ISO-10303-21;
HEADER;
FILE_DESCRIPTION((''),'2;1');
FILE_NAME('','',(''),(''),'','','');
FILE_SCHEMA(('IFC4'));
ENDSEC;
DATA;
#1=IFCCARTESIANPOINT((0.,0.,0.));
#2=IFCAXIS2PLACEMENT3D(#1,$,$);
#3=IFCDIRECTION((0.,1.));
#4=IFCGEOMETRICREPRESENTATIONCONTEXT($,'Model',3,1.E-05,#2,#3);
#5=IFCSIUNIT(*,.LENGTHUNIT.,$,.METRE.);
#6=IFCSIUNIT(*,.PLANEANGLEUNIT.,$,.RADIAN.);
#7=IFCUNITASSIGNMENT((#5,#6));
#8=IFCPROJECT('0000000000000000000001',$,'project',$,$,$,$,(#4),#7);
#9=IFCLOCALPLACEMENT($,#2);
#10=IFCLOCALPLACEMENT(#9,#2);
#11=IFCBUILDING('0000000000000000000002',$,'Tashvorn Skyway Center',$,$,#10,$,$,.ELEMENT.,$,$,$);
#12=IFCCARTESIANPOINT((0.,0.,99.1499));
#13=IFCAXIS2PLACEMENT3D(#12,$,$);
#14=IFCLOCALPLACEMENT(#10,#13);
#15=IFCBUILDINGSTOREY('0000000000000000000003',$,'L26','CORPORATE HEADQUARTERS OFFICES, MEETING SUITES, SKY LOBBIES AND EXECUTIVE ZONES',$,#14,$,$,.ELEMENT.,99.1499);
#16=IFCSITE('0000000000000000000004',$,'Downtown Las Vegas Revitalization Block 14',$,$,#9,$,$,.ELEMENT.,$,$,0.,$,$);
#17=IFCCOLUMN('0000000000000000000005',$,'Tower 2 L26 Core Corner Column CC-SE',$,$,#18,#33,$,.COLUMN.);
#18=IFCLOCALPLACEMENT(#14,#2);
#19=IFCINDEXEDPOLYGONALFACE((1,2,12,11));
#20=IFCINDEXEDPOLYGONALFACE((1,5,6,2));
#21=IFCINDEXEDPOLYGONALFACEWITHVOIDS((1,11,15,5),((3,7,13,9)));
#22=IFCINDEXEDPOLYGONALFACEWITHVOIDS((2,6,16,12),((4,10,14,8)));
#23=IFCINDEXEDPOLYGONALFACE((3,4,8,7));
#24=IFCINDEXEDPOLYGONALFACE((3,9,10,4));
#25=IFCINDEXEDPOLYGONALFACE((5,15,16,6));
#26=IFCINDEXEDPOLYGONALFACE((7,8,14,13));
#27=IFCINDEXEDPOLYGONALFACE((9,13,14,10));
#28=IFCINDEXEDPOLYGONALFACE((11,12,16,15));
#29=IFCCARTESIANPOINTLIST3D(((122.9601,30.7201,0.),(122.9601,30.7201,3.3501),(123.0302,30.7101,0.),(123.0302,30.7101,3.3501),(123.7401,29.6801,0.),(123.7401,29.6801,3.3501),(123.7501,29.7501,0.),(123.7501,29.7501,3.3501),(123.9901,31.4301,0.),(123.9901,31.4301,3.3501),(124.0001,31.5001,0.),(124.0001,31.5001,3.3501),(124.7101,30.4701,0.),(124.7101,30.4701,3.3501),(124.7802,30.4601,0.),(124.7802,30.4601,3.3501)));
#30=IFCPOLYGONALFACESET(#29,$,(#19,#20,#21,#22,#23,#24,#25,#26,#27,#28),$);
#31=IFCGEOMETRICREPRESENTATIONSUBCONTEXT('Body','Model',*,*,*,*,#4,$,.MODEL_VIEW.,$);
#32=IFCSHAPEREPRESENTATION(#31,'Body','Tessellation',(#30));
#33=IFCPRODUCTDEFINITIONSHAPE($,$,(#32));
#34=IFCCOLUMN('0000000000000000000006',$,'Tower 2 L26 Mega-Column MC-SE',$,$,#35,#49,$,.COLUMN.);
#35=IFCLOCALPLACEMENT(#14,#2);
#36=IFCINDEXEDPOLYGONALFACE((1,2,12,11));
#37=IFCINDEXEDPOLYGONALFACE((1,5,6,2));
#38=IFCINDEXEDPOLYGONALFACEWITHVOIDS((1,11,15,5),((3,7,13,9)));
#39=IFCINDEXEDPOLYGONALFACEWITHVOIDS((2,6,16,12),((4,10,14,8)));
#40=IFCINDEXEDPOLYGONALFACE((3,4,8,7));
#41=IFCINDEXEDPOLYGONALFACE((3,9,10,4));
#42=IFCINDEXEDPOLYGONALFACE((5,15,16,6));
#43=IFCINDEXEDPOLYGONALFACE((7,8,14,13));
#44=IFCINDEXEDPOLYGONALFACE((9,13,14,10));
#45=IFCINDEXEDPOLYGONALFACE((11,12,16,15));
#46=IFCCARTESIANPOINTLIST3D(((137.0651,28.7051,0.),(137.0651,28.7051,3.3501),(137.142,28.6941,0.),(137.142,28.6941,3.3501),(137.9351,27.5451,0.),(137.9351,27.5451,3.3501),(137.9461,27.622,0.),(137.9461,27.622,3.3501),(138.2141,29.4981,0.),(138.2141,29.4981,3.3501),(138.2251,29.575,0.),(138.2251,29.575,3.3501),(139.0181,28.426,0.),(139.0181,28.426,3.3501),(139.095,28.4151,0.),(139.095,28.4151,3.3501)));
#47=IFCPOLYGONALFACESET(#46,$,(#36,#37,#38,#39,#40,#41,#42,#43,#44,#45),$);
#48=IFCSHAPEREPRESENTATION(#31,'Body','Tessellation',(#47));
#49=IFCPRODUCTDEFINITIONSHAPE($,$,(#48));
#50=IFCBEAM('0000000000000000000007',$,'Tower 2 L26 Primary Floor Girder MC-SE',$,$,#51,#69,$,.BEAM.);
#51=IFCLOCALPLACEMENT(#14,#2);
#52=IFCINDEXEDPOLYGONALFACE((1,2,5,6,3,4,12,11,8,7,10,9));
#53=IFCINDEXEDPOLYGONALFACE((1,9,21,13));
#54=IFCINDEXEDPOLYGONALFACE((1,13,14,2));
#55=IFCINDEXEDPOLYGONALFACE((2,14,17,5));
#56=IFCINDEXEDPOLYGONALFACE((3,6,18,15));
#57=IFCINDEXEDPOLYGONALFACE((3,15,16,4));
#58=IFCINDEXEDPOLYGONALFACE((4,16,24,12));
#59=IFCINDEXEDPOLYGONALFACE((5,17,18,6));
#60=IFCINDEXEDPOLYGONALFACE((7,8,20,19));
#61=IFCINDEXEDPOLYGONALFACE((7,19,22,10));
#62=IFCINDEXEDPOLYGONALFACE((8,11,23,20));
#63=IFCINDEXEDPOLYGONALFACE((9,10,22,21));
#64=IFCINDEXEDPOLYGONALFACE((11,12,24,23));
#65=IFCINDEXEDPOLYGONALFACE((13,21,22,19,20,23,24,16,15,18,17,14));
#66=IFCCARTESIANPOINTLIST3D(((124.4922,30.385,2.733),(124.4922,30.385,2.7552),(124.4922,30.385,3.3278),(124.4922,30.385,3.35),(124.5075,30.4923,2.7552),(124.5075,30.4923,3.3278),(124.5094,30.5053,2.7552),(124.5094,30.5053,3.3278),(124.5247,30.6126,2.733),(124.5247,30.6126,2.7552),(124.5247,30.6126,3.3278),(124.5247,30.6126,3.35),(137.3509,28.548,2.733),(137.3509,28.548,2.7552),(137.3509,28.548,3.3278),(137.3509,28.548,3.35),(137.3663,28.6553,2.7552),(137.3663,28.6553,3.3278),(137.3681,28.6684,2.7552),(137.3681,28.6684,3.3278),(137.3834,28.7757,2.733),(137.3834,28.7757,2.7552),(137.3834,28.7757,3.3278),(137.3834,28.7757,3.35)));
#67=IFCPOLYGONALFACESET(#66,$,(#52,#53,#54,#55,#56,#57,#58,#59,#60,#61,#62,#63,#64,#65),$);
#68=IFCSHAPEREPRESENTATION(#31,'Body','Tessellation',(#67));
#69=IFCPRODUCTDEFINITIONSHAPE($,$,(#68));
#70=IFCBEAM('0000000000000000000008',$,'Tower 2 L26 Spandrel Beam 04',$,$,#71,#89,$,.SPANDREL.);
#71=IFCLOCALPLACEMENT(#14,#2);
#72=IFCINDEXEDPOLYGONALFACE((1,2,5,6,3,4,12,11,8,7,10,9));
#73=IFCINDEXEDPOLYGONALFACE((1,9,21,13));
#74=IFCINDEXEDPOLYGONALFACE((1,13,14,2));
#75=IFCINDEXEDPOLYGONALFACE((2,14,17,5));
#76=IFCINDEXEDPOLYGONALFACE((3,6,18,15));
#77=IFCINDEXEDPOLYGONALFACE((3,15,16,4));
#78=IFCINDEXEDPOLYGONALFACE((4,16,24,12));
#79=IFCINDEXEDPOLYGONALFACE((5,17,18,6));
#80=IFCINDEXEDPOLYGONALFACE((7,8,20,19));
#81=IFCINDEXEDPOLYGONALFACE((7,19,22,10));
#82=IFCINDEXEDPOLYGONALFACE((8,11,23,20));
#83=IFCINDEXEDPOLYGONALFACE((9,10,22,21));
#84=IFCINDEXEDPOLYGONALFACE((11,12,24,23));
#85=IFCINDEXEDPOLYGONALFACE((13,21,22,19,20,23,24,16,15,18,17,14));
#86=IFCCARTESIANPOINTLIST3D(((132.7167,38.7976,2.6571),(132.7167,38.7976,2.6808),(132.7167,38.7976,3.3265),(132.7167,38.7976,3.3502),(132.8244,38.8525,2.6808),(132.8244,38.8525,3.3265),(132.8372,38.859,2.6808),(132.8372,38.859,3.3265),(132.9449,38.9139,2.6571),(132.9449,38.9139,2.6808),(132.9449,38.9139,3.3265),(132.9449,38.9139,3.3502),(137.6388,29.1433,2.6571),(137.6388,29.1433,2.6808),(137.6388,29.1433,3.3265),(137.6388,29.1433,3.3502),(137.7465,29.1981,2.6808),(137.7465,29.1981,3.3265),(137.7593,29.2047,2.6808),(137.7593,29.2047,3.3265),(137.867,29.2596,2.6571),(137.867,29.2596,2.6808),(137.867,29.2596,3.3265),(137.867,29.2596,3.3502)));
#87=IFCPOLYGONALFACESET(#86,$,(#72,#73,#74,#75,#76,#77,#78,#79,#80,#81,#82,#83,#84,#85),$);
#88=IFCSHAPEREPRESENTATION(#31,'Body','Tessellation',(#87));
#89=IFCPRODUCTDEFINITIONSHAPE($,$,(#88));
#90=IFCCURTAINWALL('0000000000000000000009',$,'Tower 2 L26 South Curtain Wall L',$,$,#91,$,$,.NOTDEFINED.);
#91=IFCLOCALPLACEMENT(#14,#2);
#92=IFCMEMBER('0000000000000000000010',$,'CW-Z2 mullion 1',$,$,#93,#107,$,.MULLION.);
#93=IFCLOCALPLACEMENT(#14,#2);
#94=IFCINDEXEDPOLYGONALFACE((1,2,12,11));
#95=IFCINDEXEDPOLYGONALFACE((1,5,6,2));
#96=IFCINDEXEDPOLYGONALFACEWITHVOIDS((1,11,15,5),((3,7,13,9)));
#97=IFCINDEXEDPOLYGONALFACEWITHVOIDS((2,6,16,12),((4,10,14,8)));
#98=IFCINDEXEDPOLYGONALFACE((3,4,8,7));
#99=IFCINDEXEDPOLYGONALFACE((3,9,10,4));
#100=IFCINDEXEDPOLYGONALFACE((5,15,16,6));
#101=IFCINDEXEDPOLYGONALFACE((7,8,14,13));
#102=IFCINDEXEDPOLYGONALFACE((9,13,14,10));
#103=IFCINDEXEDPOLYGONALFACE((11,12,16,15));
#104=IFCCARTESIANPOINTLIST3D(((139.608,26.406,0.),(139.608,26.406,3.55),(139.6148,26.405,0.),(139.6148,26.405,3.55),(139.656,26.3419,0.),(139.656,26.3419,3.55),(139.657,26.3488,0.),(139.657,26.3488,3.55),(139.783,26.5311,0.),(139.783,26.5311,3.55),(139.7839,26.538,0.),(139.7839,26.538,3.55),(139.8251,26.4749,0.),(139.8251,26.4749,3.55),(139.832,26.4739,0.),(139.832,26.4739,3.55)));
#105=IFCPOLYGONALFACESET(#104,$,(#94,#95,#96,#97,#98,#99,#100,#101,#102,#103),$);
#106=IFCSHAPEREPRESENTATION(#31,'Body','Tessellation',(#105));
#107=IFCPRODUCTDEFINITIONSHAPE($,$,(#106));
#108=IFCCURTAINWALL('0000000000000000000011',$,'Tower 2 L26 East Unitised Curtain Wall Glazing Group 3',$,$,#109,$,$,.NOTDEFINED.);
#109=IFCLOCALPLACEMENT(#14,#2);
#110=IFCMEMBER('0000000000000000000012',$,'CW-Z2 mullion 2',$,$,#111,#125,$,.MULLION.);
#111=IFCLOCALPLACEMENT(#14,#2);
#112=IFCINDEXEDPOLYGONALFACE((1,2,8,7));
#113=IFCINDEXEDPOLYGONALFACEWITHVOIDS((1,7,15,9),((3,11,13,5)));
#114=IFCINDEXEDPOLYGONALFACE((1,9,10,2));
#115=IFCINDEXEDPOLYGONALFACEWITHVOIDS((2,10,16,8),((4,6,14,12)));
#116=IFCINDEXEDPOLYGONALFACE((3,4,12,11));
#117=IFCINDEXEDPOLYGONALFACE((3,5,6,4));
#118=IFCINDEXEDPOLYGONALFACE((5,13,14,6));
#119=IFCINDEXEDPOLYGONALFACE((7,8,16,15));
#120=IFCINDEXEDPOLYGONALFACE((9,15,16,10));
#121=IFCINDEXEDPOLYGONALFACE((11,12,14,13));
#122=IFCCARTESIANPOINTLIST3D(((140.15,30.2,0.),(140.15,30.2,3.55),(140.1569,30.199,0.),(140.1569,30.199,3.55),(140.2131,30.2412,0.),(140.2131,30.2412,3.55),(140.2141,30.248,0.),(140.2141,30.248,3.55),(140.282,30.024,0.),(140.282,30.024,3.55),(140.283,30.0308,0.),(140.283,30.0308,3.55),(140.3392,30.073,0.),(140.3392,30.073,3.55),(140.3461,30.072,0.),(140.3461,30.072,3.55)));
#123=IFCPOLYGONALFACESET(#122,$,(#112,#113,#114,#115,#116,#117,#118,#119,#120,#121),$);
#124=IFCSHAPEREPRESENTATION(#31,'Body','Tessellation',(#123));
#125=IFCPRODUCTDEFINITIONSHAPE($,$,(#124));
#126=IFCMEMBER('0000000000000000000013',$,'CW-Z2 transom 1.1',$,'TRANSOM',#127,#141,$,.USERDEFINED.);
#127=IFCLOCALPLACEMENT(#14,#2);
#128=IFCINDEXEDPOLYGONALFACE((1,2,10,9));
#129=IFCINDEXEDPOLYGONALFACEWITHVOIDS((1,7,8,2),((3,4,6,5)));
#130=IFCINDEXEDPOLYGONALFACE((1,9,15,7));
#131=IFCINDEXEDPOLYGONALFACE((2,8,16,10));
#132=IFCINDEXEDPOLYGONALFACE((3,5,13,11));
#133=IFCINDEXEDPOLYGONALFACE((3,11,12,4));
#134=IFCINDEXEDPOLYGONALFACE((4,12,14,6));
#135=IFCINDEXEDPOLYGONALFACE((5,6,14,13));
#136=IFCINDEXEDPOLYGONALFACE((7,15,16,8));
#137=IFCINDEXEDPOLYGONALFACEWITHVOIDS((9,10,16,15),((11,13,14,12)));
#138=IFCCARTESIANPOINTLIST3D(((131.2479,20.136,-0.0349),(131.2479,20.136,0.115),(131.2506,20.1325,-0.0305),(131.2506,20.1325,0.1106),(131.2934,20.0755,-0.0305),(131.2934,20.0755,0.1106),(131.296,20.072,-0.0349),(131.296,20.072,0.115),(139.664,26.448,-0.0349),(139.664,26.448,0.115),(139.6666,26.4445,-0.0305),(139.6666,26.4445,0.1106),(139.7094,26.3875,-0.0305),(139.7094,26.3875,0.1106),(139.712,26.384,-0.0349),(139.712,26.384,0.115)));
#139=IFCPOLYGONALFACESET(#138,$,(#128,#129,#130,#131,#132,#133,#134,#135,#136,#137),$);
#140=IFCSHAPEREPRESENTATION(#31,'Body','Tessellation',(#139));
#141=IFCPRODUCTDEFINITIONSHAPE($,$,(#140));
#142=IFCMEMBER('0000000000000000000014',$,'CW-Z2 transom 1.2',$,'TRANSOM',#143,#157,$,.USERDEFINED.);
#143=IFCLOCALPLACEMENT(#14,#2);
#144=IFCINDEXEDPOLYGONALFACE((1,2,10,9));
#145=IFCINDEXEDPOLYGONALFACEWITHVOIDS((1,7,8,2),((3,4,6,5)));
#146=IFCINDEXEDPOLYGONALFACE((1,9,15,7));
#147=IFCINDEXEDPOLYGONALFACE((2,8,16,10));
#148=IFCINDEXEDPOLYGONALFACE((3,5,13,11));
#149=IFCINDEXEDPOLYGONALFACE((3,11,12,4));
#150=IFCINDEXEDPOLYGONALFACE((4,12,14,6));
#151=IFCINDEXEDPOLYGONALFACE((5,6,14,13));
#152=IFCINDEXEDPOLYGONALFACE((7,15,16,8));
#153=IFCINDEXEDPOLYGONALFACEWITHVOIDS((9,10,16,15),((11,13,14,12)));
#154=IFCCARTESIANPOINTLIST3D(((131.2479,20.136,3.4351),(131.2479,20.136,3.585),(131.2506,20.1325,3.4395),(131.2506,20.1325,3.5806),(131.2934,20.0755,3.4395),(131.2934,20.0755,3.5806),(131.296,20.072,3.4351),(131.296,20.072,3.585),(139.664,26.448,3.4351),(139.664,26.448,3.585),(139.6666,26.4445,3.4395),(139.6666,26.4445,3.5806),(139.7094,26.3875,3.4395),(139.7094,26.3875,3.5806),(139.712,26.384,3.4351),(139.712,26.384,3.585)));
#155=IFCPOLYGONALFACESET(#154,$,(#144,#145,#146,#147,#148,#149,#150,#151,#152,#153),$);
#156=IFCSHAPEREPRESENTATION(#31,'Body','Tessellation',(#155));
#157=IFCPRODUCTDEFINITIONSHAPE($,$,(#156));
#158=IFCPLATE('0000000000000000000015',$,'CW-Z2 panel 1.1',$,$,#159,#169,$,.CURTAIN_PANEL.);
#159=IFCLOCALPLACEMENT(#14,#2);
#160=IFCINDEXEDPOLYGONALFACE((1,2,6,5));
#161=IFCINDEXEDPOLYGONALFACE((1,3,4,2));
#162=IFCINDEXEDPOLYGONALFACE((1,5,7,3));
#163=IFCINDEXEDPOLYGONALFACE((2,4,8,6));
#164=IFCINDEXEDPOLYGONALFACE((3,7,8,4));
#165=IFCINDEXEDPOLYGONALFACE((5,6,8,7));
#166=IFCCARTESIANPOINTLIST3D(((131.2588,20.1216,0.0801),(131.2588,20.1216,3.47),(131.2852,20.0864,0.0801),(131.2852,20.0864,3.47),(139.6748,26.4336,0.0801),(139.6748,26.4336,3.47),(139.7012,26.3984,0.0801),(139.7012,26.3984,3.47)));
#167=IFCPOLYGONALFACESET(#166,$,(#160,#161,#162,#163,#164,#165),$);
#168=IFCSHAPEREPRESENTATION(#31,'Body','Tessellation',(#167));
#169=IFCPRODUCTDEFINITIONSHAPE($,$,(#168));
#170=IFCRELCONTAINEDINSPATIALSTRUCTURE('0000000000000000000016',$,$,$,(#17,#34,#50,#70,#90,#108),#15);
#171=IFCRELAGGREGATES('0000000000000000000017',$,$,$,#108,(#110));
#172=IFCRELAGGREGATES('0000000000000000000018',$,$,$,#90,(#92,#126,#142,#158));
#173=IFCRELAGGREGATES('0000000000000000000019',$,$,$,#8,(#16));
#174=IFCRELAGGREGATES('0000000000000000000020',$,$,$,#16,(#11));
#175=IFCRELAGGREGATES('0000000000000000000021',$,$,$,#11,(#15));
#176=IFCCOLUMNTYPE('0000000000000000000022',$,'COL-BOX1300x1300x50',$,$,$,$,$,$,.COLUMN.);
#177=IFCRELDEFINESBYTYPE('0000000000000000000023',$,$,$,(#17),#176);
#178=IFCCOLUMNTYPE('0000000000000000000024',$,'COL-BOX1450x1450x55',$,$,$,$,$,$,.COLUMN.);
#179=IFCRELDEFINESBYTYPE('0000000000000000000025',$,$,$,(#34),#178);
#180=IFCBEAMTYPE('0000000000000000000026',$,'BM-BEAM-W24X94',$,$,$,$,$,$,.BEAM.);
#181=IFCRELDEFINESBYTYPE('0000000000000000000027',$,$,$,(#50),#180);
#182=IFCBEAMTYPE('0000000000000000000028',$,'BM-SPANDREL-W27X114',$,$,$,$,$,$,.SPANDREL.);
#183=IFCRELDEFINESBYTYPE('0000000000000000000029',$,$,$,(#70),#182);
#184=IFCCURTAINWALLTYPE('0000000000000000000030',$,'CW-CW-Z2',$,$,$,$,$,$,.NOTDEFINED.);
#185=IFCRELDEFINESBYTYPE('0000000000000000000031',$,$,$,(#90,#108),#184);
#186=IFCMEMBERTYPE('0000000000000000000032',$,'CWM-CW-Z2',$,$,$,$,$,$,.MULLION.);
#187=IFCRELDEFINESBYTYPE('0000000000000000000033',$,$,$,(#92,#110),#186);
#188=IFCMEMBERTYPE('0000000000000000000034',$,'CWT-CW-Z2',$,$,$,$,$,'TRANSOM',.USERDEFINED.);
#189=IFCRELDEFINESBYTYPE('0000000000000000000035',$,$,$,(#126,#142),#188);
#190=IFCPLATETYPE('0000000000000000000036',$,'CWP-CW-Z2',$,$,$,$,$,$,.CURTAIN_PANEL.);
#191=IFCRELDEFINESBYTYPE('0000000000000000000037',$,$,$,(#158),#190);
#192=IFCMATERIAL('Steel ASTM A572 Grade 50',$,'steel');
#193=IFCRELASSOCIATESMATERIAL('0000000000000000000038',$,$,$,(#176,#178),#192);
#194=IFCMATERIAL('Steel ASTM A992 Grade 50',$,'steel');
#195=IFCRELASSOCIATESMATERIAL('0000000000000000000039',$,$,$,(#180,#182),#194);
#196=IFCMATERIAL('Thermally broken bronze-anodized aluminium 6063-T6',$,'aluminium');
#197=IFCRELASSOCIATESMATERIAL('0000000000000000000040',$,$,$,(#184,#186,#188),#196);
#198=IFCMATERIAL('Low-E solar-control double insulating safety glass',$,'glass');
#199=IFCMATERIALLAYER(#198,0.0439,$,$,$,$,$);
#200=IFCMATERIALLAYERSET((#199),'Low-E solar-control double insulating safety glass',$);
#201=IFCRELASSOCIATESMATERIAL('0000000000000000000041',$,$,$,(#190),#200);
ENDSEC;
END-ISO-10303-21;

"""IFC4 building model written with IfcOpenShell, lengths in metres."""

from ifc_helpers import new_model, si_unit, direction, frame, origin, origin_2d, place, context, subcontext, project, spatial, rectangle, hollow_rectangle, i_section, extrude, material, layer, layer_set, material_profile, profile_set, type_object, element, aggregate, save


model = new_model("IFC4")

# Units and contexts
model_context = context("Model", 3, precision=1e-05, world=origin(), true_north=direction((0.0, 1.0)))
body_context = subcontext(model_context, "Body", "Model", "MODEL_VIEW")
ifc_project = project(units=[si_unit("LENGTHUNIT", "METRE"), si_unit("PLANEANGLEUNIT", "RADIAN")], contexts=[model_context])

# Site, building, storey
site_placement = place(None, origin())
site = spatial("IfcSite", under=ifc_project, at=site_placement, Name="Downtown Las Vegas Revitalization Block 14", CompositionType="ELEMENT", RefElevation=0.0)
building_placement = place(site_placement, origin())
building = spatial("IfcBuilding", under=site, at=building_placement, Name="Tashvorn Skyway Center", CompositionType="ELEMENT")
storey_placement = place(building_placement, frame((0.0, 0.0, 99.1499)))
storey = spatial("IfcBuildingStorey", under=building, at=storey_placement, Name="L26", Description="CORPORATE HEADQUARTERS OFFICES, MEETING SUITES, SKY LOBBIES AND EXECUTIVE ZONES", CompositionType="ELEMENT", Elevation=99.1499)

# Columns
ifc_material_1 = material(Name="Steel ASTM A572 Grade 50", Category="steel")
ifc_material_profile_1 = material_profile(ifc_material_1, hollow_rectangle(XDim=1.3, YDim=1.3, WallThickness=0.05, at=origin_2d()), Name="BOX1300x1300x50")
ifc_profile_set_1 = profile_set([ifc_material_profile_1], Name="Steel ASTM A572 Grade 50")
column_type_1 = type_object("IfcColumnType", Name="COL-BOX1300x1300x50", PredefinedType="COLUMN", material=ifc_profile_set_1)
column_1_placement = place(storey_placement, frame((123.8701, 30.5901, 0.0), z_axis=(0.0, 0.0, 1.0), x_axis=(0.8, 0.6, 0.0)))
element("IfcColumn", 1, at=column_1_placement, inside=storey, type_object=column_type_1, Name="Tower 2 L26 Core Corner Column CC-SE", PredefinedType="COLUMN", context=body_context, shape_type="SweptSolid", body=[
    extrude(hollow_rectangle(XDim=1.3, YDim=1.3, WallThickness=0.05, at=origin_2d()), origin(), (0.0, 0.0, 1.0), 3.3501),
])
ifc_material_profile_2 = material_profile(ifc_material_1, hollow_rectangle(XDim=1.45, YDim=1.45, WallThickness=0.0549, at=origin_2d()), Name="BOX1450x1450x55")
ifc_profile_set_2 = profile_set([ifc_material_profile_2], Name="Steel ASTM A572 Grade 50")
column_type_2 = type_object("IfcColumnType", Name="COL-BOX1450x1450x55", PredefinedType="COLUMN", material=ifc_profile_set_2)
column_2_placement = place(storey_placement, frame((138.0801, 28.5601, 0.0), z_axis=(0.0, 0.0, 1.0), x_axis=(0.8, 0.6, 0.0)))
element("IfcColumn", 2, at=column_2_placement, inside=storey, type_object=column_type_2, Name="Tower 2 L26 Mega-Column MC-SE", PredefinedType="COLUMN", context=body_context, shape_type="SweptSolid", body=[
    extrude(hollow_rectangle(XDim=1.45, YDim=1.45, WallThickness=0.0549, at=origin_2d()), origin(), (0.0, 0.0, 1.0), 3.3501),
])

# Beams
ifc_material_2 = material(Name="Steel ASTM A992 Grade 50", Category="steel")
ifc_material_profile_3 = material_profile(ifc_material_2, i_section(OverallWidth=0.23, OverallDepth=0.6169, WebThickness=0.0132, FlangeThickness=0.0222, at=origin_2d()), Name="W24X94")
ifc_profile_set_3 = profile_set([ifc_material_profile_3], Name="Steel ASTM A992 Grade 50")
beam_type_1 = type_object("IfcBeamType", Name="BM-BEAM-W24X94", PredefinedType="BEAM", material=ifc_profile_set_3)
beam_1_placement = place(storey_placement, frame((137.3672, 28.6619, 3.0415), z_axis=(-0.98995, 0.141419, 0.0), x_axis=(-0.141419, -0.98995, 0.0)))
element("IfcBeam", 3, at=beam_1_placement, inside=storey, type_object=beam_type_1, Name="Tower 2 L26 Primary Floor Girder MC-SE", PredefinedType="BEAM", context=body_context, shape_type="SweptSolid", body=[
    extrude(i_section(OverallWidth=0.23, OverallDepth=0.6169, WebThickness=0.0132, FlangeThickness=0.0222, at=origin_2d()), origin(), (0.0, 0.0, 1.0), 12.9893),
])
ifc_material_profile_4 = material_profile(ifc_material_2, i_section(OverallWidth=0.2561, OverallDepth=0.6931, WebThickness=0.0144, FlangeThickness=0.0237, at=origin_2d()), Name="W27X114")
ifc_profile_set_4 = profile_set([ifc_material_profile_4], Name="Steel ASTM A992 Grade 50")
beam_type_2 = type_object("IfcBeamType", Name="BM-SPANDREL-W27X114", PredefinedType="SPANDREL", material=ifc_profile_set_4)
beam_2_placement = place(storey_placement, frame((137.7529, 29.2014, 3.0037), z_axis=(-0.454211, 0.890894, 0.0), x_axis=(-0.890894, -0.454211, 0.0)))
element("IfcBeam", 4, at=beam_2_placement, inside=storey, type_object=beam_type_2, Name="Tower 2 L26 Spandrel Beam 04", PredefinedType="SPANDREL", context=body_context, shape_type="SweptSolid", body=[
    extrude(i_section(OverallWidth=0.2561, OverallDepth=0.6931, WebThickness=0.0144, FlangeThickness=0.0237, at=origin_2d()), origin(), (0.0, 0.0, 1.0), 10.8367),
])

# Curtain walls, members
ifc_material_3 = material(Name="Thermally broken bronze-anodized aluminium 6063-T6", Category="aluminium")
curtain_wall_type = type_object("IfcCurtainWallType", Name="CW-CW-Z2", PredefinedType="NOTDEFINED", material=ifc_material_3)
curtain_wall_1_placement = place(storey_placement, origin())
curtain_wall_1 = element("IfcCurtainWall", 5, at=curtain_wall_1_placement, inside=storey, type_object=curtain_wall_type, Name="Tower 2 L26 South Curtain Wall L", PredefinedType="NOTDEFINED")
ifc_material_profile_5 = material_profile(ifc_material_3, hollow_rectangle(XDim=0.0801, YDim=0.22, WallThickness=0.0049, at=origin_2d()), Name="ALU-MULL-80x220")
ifc_profile_set_5 = profile_set([ifc_material_profile_5], Name="Thermally broken bronze-anodized aluminium 6063-T6")
member_type_1 = type_object("IfcMemberType", Name="CWM-CW-Z2", PredefinedType="MULLION", material=ifc_profile_set_5)
member_1_placement = place(storey_placement, frame((139.72, 26.4399, 0.0), z_axis=(0.0, 0.0, 1.0), x_axis=(0.6, -0.8, 0.0)))
member_1 = element("IfcMember", 6, at=member_1_placement, type_object=member_type_1, Name="CW-Z2 mullion 1", PredefinedType="MULLION", context=body_context, shape_type="SweptSolid", body=[
    extrude(hollow_rectangle(XDim=0.0801, YDim=0.22, WallThickness=0.0049, at=origin_2d()), origin(), (0.0, 0.0, 1.0), 3.55),
])
curtain_wall_2_placement = place(storey_placement, origin())
curtain_wall_2 = element("IfcCurtainWall", 7, at=curtain_wall_2_placement, inside=storey, type_object=curtain_wall_type, Name="Tower 2 L26 East Unitised Curtain Wall Glazing Group 3", PredefinedType="NOTDEFINED")
member_2_placement = place(storey_placement, frame((140.248, 30.136, 0.0), z_axis=(0.0, 0.0, 1.0), x_axis=(0.8, 0.6, 0.0)))
member_2 = element("IfcMember", 8, at=member_2_placement, type_object=member_type_1, Name="CW-Z2 mullion 2", PredefinedType="MULLION", context=body_context, shape_type="SweptSolid", body=[
    extrude(hollow_rectangle(XDim=0.0801, YDim=0.22, WallThickness=0.0049, at=origin_2d()), origin(), (0.0, 0.0, 1.0), 3.55),
])
aggregate(curtain_wall_2, [member_2])

# Members
ifc_material_profile_6 = material_profile(ifc_material_3, hollow_rectangle(XDim=0.0801, YDim=0.1499, WallThickness=0.0044, at=origin_2d()), Name="ALU-TRAN-80x150")
ifc_profile_set_6 = profile_set([ifc_material_profile_6], Name="Thermally broken bronze-anodized aluminium 6063-T6")
member_type_2 = type_object("IfcMemberType", Name="CWT-CW-Z2", ElementType="TRANSOM", PredefinedType="USERDEFINED", material=ifc_profile_set_6)
member_3_placement = place(storey_placement, frame((139.688, 26.416, 0.04), z_axis=(-0.8, -0.6, 0.0), x_axis=(0.6, -0.8, 0.0)))
member_3 = element("IfcMember", 9, at=member_3_placement, type_object=member_type_2, Name="CW-Z2 transom 1.1", ObjectType="TRANSOM", PredefinedType="USERDEFINED", context=body_context, shape_type="SweptSolid", body=[
    extrude(hollow_rectangle(XDim=0.0801, YDim=0.1499, WallThickness=0.0044, at=origin_2d()), origin(), (0.0, 0.0, 1.0), 10.52),
])
member_4_placement = place(storey_placement, frame((139.688, 26.416, 3.51), z_axis=(-0.8, -0.6, 0.0), x_axis=(0.6, -0.8, 0.0)))
member_4 = element("IfcMember", 10, at=member_4_placement, type_object=member_type_2, Name="CW-Z2 transom 1.2", ObjectType="TRANSOM", PredefinedType="USERDEFINED", context=body_context, shape_type="SweptSolid", body=[
    extrude(hollow_rectangle(XDim=0.0801, YDim=0.1499, WallThickness=0.0044, at=origin_2d()), origin(), (0.0, 0.0, 1.0), 10.52),
])

# Plate
ifc_material_4 = material(Name="Low-E solar-control double insulating safety glass", Category="glass")
ifc_layer_1 = layer(ifc_material_4, 0.0439)
ifc_layer_set_1 = layer_set([ifc_layer_1], Name="Low-E solar-control double insulating safety glass")
plate_type = type_object("IfcPlateType", Name="CWP-CW-Z2", PredefinedType="CURTAIN_PANEL", material=ifc_layer_set_1)
plate_placement = place(storey_placement, frame((135.48, 23.26, 0.0801), z_axis=(0.0, 0.0, 1.0), x_axis=(-0.8, -0.6, 0.0)))
plate = element("IfcPlate", 11, at=plate_placement, type_object=plate_type, Name="CW-Z2 panel 1.1", PredefinedType="CURTAIN_PANEL", context=body_context, shape_type="SweptSolid", body=[
    extrude(rectangle(XDim=10.52, YDim=0.0439, at=origin_2d()), origin(), (0.0, 0.0, 1.0), 3.3899),
])
aggregate(curtain_wall_1, [member_1, member_3, member_4, plate])

save(model, "model.ifc")
